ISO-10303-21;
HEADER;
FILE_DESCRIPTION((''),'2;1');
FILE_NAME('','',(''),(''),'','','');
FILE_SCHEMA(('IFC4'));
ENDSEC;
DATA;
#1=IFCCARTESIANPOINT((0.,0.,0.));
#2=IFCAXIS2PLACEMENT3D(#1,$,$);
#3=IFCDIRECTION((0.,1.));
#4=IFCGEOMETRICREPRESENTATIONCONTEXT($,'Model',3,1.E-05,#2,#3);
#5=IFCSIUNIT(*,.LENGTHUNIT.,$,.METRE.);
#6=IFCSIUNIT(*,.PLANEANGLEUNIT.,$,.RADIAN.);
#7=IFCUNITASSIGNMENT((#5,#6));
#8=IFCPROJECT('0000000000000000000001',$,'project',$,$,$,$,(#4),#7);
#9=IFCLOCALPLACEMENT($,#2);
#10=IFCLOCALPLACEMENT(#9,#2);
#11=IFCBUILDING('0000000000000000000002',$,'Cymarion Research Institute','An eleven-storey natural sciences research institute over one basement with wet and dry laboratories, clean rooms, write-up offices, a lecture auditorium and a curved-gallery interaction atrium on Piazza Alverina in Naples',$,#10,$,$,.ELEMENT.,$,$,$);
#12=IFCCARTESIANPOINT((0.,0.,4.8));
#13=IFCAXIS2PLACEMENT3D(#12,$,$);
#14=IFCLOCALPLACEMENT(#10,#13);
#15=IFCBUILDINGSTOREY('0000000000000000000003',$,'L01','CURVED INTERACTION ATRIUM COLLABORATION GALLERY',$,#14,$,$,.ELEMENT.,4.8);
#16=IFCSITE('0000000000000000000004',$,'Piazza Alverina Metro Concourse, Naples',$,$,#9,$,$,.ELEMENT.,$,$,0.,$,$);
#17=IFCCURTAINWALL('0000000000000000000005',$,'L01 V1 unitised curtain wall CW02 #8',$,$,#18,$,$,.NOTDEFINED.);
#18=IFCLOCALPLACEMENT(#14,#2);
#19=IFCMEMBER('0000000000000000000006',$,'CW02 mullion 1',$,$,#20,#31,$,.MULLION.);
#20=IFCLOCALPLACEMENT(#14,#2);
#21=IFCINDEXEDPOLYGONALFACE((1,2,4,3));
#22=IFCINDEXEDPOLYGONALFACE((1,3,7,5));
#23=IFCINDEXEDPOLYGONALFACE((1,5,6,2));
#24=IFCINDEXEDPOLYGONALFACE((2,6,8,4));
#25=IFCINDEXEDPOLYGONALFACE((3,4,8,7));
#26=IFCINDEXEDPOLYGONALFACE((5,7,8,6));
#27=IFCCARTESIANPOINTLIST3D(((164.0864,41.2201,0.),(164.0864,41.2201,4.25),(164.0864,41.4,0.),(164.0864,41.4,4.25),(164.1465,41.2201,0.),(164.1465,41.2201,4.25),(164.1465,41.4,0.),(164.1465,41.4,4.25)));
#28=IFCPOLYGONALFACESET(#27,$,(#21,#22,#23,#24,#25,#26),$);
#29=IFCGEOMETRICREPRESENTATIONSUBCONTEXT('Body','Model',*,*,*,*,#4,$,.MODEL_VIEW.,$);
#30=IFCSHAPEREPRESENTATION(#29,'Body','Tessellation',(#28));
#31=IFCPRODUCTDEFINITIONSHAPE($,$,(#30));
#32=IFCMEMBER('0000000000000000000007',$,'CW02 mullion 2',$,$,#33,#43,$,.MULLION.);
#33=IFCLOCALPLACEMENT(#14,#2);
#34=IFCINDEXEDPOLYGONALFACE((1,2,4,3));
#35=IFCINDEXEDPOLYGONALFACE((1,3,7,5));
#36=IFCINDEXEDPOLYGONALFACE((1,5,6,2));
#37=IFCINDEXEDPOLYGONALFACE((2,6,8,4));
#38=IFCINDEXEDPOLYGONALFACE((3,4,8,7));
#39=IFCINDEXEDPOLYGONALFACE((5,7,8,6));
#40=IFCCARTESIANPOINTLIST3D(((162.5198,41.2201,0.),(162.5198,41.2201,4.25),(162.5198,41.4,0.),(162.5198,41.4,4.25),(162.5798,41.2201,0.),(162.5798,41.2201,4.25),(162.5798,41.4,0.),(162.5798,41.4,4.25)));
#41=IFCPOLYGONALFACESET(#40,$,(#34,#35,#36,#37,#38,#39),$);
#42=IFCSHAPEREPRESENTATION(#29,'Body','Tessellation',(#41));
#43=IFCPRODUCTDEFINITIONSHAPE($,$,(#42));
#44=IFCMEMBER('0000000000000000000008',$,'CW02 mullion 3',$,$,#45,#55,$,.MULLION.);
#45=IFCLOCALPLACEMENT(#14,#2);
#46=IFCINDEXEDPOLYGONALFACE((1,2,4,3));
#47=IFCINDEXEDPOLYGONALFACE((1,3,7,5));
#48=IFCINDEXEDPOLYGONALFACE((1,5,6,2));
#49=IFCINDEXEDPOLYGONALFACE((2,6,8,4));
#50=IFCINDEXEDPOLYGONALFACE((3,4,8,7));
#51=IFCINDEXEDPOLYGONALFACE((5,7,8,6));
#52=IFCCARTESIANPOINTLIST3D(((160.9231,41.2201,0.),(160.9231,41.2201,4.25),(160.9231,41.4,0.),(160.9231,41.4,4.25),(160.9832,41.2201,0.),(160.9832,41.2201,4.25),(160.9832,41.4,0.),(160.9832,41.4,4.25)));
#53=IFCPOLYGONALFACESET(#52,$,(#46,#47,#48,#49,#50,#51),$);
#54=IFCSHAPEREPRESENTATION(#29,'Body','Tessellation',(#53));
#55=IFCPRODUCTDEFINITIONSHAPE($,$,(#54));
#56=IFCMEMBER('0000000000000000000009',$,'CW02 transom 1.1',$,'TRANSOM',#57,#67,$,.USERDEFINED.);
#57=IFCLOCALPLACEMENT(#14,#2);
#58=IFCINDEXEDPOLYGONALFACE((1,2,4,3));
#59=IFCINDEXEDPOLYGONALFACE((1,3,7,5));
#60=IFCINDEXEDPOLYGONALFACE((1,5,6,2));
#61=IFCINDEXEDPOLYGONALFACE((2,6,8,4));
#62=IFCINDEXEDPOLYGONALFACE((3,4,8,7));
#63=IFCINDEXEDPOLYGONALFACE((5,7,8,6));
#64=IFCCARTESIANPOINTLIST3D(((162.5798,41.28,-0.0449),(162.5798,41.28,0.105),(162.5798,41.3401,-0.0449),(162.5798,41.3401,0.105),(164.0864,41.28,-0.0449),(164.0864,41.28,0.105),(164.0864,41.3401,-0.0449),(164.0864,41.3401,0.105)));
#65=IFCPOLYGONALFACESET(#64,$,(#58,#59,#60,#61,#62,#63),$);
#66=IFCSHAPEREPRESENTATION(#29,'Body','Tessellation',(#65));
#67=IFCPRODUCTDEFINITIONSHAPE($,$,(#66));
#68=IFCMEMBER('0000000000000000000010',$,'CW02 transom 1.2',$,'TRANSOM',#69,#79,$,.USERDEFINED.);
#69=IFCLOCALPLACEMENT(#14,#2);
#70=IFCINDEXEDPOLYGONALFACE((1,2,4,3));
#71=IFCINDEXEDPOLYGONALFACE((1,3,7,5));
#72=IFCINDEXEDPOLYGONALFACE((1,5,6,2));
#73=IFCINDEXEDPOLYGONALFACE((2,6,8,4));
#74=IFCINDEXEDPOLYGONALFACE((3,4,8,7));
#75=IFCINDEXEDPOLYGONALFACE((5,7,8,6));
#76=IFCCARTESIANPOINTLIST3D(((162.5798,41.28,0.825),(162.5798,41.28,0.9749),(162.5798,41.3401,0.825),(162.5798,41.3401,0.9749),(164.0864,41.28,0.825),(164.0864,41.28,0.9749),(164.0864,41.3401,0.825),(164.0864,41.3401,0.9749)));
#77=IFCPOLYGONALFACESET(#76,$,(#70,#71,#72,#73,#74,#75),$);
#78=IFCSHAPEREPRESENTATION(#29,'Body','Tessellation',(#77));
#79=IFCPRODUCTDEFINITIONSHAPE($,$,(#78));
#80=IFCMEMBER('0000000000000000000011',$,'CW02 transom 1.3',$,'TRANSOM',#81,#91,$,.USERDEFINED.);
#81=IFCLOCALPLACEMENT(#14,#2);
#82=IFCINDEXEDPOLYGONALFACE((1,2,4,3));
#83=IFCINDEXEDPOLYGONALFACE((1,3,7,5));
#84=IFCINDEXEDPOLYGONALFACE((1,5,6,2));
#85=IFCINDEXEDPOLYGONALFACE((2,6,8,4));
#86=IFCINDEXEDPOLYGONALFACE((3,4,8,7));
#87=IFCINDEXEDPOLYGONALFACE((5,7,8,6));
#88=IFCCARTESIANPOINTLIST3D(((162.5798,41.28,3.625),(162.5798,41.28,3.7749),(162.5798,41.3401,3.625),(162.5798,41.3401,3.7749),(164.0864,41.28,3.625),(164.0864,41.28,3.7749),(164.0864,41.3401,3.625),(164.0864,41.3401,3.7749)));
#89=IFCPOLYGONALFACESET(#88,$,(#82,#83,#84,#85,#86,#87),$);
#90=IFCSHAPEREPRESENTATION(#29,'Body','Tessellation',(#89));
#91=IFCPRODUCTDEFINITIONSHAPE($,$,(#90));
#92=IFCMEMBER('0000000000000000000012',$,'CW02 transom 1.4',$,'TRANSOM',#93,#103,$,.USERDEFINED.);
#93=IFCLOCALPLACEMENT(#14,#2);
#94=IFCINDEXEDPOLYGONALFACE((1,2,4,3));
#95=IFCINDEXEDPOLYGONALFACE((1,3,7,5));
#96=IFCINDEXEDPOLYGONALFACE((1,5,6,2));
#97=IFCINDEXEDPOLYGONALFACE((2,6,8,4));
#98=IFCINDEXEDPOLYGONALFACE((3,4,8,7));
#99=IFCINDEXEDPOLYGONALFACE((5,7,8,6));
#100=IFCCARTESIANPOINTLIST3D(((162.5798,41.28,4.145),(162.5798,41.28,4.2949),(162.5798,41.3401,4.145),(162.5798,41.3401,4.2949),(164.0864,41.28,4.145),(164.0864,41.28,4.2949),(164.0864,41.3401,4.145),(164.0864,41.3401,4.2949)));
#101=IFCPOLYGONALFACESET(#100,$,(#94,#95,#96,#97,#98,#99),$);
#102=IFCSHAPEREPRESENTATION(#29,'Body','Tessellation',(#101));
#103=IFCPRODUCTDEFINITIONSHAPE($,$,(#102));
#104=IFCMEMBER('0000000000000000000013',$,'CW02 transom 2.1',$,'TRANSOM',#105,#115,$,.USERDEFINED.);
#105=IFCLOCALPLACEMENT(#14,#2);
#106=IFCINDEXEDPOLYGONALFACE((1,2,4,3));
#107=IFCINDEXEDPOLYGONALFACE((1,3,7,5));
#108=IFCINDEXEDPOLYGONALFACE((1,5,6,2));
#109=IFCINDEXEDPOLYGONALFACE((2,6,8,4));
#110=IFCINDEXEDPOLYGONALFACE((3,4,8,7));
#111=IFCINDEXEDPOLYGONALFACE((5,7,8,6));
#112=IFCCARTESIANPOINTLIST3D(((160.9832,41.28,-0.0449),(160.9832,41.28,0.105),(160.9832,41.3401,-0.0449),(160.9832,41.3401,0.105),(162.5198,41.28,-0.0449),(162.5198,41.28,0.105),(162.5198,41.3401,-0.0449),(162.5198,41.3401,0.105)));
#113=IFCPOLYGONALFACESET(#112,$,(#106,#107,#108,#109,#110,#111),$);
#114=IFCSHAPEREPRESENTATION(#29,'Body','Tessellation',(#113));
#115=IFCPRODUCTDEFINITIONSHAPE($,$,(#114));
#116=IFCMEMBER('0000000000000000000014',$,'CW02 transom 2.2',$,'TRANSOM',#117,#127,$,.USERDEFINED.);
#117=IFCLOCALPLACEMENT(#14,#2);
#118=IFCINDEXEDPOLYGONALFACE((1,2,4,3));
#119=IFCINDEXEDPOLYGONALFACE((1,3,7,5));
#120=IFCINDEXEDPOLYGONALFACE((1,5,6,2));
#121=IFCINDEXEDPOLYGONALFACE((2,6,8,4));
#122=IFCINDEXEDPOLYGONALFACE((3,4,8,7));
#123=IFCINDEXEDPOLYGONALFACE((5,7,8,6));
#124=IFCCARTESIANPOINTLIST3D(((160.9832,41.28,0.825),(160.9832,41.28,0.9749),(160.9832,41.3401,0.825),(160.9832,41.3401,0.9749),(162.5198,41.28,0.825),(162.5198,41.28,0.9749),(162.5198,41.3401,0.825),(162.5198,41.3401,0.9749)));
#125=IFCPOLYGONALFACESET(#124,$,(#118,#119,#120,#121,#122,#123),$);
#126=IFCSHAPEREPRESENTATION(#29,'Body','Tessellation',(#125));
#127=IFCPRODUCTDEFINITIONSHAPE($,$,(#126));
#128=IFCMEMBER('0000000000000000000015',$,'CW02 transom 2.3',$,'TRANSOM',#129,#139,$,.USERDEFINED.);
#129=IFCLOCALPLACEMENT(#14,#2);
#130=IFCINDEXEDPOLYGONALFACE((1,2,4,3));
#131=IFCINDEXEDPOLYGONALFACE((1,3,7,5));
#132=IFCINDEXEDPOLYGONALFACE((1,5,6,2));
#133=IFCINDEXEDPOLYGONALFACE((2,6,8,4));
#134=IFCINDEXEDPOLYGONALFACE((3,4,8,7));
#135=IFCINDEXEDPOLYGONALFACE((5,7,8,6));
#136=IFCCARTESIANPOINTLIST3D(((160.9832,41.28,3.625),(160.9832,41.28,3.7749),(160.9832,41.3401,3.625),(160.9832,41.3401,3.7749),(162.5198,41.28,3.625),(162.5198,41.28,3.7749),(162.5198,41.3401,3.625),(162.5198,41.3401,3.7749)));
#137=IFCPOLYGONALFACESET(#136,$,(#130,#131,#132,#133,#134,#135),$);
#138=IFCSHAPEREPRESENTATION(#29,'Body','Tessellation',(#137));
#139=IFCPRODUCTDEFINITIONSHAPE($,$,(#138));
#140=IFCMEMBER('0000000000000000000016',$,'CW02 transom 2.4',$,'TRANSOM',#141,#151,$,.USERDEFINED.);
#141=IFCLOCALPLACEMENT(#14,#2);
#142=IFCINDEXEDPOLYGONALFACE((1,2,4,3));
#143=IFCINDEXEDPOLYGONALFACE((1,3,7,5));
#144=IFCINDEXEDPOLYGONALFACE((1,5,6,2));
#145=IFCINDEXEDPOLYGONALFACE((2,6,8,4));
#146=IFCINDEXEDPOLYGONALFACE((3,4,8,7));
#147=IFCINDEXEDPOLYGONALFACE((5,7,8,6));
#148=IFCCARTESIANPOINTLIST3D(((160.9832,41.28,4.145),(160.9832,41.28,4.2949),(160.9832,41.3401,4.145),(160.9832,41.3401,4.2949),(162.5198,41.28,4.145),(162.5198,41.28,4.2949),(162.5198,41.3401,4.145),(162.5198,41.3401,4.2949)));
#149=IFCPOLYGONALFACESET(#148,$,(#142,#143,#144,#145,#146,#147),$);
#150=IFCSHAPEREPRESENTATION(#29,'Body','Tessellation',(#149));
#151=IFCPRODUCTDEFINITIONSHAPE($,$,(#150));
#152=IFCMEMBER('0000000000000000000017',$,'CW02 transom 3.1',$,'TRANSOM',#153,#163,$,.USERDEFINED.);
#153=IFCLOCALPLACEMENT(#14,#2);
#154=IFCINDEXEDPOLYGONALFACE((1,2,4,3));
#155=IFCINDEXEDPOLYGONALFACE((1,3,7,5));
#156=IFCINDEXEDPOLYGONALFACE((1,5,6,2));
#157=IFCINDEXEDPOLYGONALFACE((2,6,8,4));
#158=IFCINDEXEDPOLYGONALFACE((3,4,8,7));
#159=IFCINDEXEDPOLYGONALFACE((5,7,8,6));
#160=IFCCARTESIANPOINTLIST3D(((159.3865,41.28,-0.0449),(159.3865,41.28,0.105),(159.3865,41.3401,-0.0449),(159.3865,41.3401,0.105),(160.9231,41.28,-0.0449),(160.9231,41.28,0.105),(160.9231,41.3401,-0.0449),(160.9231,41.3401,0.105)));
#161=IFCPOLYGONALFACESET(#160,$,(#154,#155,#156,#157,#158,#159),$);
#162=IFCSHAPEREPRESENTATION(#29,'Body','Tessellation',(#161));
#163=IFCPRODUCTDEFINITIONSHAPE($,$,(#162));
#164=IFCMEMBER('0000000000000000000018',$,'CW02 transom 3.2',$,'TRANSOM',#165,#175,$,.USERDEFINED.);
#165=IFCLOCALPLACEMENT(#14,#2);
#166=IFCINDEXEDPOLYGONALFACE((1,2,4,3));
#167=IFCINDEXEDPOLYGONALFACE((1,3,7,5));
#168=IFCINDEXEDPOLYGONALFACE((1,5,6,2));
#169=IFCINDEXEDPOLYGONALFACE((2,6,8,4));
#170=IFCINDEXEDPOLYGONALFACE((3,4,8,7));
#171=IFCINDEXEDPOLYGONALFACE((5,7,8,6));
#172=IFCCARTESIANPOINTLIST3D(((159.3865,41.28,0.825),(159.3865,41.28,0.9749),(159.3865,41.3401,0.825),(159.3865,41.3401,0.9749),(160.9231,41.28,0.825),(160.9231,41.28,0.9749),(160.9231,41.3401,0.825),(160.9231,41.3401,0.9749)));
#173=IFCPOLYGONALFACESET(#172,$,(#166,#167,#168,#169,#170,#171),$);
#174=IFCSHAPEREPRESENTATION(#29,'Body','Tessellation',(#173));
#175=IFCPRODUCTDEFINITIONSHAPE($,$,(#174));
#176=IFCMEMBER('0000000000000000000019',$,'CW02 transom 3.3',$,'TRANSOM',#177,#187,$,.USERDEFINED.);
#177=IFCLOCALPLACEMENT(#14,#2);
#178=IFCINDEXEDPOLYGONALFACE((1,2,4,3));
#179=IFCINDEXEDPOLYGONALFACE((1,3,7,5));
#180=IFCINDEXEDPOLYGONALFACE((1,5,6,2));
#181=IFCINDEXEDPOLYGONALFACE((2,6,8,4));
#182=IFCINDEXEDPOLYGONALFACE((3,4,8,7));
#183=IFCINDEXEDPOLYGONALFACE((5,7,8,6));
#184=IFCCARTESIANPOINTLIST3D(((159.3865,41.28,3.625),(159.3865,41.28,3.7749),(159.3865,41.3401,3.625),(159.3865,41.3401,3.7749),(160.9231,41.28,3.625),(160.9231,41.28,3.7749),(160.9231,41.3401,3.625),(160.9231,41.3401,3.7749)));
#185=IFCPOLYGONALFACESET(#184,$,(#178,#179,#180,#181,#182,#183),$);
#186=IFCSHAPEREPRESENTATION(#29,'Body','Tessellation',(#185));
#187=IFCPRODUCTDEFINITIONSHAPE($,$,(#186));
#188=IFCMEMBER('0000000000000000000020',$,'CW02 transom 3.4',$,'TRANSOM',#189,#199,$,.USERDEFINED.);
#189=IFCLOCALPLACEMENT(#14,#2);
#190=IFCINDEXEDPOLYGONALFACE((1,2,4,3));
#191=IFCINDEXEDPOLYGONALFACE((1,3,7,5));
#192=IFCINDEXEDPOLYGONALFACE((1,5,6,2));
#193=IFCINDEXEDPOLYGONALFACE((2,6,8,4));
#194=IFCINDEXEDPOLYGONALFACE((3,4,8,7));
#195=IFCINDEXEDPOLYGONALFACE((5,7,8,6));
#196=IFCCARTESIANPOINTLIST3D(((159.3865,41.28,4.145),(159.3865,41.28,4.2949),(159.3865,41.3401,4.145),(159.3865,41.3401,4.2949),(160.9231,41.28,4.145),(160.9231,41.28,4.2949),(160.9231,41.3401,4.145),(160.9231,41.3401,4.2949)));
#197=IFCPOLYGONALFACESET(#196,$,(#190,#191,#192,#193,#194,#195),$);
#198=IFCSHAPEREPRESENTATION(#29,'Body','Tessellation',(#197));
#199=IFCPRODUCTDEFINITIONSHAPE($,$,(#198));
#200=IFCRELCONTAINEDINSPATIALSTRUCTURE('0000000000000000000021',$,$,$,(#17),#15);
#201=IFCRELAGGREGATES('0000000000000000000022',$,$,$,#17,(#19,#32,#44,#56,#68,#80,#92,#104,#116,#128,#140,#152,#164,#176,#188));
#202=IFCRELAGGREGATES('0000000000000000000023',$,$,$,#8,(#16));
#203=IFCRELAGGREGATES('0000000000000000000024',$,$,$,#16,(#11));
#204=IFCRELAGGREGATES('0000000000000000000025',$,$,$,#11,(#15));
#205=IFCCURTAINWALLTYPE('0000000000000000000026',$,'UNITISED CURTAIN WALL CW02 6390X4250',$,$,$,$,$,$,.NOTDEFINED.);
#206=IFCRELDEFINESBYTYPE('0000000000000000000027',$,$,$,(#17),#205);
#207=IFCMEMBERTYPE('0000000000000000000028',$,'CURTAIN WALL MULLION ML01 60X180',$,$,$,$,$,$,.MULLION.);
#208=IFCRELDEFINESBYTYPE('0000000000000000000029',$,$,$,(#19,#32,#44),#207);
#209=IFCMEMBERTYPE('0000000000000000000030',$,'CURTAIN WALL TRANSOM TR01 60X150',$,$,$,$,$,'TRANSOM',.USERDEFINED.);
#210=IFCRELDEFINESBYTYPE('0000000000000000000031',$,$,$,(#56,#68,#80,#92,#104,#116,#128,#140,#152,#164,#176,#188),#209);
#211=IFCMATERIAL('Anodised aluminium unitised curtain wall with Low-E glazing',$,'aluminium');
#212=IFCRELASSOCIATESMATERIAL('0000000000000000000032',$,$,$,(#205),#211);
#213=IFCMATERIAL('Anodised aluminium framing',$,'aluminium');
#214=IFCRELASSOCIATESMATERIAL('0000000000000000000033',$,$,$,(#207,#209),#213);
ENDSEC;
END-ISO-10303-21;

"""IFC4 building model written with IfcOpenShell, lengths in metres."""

from ifc_helpers import new_model, si_unit, direction, frame, origin, origin_2d, place, context, subcontext, project, spatial, rectangle, extrude, material, material_profile, profile_set, type_object, element, aggregate, save


model = new_model("IFC4")

# Units and contexts
model_context = context("Model", 3, precision=1e-05, world=origin(), true_north=direction((0.0, 1.0)))
body_context = subcontext(model_context, "Body", "Model", "MODEL_VIEW")
ifc_project = project(units=[si_unit("LENGTHUNIT", "METRE"), si_unit("PLANEANGLEUNIT", "RADIAN")], contexts=[model_context])

# Site, building, storey
site_placement = place(None, origin())
site = spatial("IfcSite", under=ifc_project, at=site_placement, Name="Piazza Alverina Metro Concourse, Naples", CompositionType="ELEMENT", RefElevation=0.0)
building_placement = place(site_placement, origin())
building = spatial("IfcBuilding", under=site, at=building_placement, Name="Cymarion Research Institute", Description="An eleven-storey natural sciences research institute over one basement with wet and dry laboratories, clean rooms, write-up offices, a lecture auditorium and a curved-gallery interaction atrium on Piazza Alverina in Naples", CompositionType="ELEMENT")
storey_placement = place(building_placement, frame((0.0, 0.0, 4.8)))
storey = spatial("IfcBuildingStorey", under=building, at=storey_placement, Name="L01", Description="CURVED INTERACTION ATRIUM COLLABORATION GALLERY", CompositionType="ELEMENT", Elevation=4.8)

# Curtain wall, members
ifc_material_1 = material(Name="Anodised aluminium unitised curtain wall with Low-E glazing", Category="aluminium")
curtain_wall_type = type_object("IfcCurtainWallType", Name="UNITISED CURTAIN WALL CW02 6390X4250", PredefinedType="NOTDEFINED", material=ifc_material_1)
curtain_wall_placement = place(storey_placement, origin())
curtain_wall = element("IfcCurtainWall", 1, at=curtain_wall_placement, inside=storey, type_object=curtain_wall_type, Name="L01 V1 unitised curtain wall CW02 #8", PredefinedType="NOTDEFINED")
ifc_material_2 = material(Name="Anodised aluminium framing", Category="aluminium")
ifc_material_profile_1 = material_profile(ifc_material_2, rectangle(XDim=0.0601, YDim=0.1799, at=origin_2d()), Name="ALU MULLION 60x180")
ifc_profile_set_1 = profile_set([ifc_material_profile_1], Name="Anodised aluminium framing")
member_type_1 = type_object("IfcMemberType", Name="CURTAIN WALL MULLION ML01 60X180", PredefinedType="MULLION", material=ifc_profile_set_1)
member_1_placement = place(storey_placement, frame((164.1165, 41.3101, 0.0), z_axis=(0.0, 0.0, 1.0), x_axis=(-1.0, 0.0, 0.0)))
member_1 = element("IfcMember", 2, at=member_1_placement, type_object=member_type_1, Name="CW02 mullion 1", PredefinedType="MULLION", context=body_context, shape_type="SweptSolid", body=[
    extrude(rectangle(XDim=0.0601, YDim=0.1799, at=origin_2d()), origin(), (0.0, 0.0, 1.0), 4.25),
])
member_2_placement = place(storey_placement, frame((162.5498, 41.3101, 0.0), z_axis=(0.0, 0.0, 1.0), x_axis=(-1.0, 0.0, 0.0)))
member_2 = element("IfcMember", 3, at=member_2_placement, type_object=member_type_1, Name="CW02 mullion 2", PredefinedType="MULLION", context=body_context, shape_type="SweptSolid", body=[
    extrude(rectangle(XDim=0.0601, YDim=0.1799, at=origin_2d()), origin(), (0.0, 0.0, 1.0), 4.25),
])
member_3_placement = place(storey_placement, frame((160.9531, 41.3101, 0.0), z_axis=(0.0, 0.0, 1.0), x_axis=(-1.0, 0.0, 0.0)))
member_3 = element("IfcMember", 4, at=member_3_placement, type_object=member_type_1, Name="CW02 mullion 3", PredefinedType="MULLION", context=body_context, shape_type="SweptSolid", body=[
    extrude(rectangle(XDim=0.0601, YDim=0.1799, at=origin_2d()), origin(), (0.0, 0.0, 1.0), 4.25),
])
ifc_material_profile_2 = material_profile(ifc_material_2, rectangle(XDim=0.0601, YDim=0.1499, at=origin_2d()), Name="ALU TRANSOM 60x150")
ifc_profile_set_2 = profile_set([ifc_material_profile_2], Name="Anodised aluminium framing")
member_type_2 = type_object("IfcMemberType", Name="CURTAIN WALL TRANSOM TR01 60X150", ElementType="TRANSOM", PredefinedType="USERDEFINED", material=ifc_profile_set_2)
member_4_placement = place(storey_placement, frame((164.0864, 41.3101, 0.03), z_axis=(-1.0, 0.0, 0.0), x_axis=(0.0, -1.0, 0.0)))
member_4 = element("IfcMember", 5, at=member_4_placement, type_object=member_type_2, Name="CW02 transom 1.1", ObjectType="TRANSOM", PredefinedType="USERDEFINED", context=body_context, shape_type="SweptSolid", body=[
    extrude(rectangle(XDim=0.0601, YDim=0.1499, at=origin_2d()), origin(), (0.0, 0.0, 1.0), 1.5066),
])
member_5_placement = place(storey_placement, frame((164.0864, 41.3101, 0.8999), z_axis=(-1.0, 0.0, 0.0), x_axis=(0.0, -1.0, 0.0)))
member_5 = element("IfcMember", 6, at=member_5_placement, type_object=member_type_2, Name="CW02 transom 1.2", ObjectType="TRANSOM", PredefinedType="USERDEFINED", context=body_context, shape_type="SweptSolid", body=[
    extrude(rectangle(XDim=0.0601, YDim=0.1499, at=origin_2d()), origin(), (0.0, 0.0, 1.0), 1.5066),
])
member_6_placement = place(storey_placement, frame((164.0864, 41.3101, 3.7), z_axis=(-1.0, 0.0, 0.0), x_axis=(0.0, -1.0, 0.0)))
member_6 = element("IfcMember", 7, at=member_6_placement, type_object=member_type_2, Name="CW02 transom 1.3", ObjectType="TRANSOM", PredefinedType="USERDEFINED", context=body_context, shape_type="SweptSolid", body=[
    extrude(rectangle(XDim=0.0601, YDim=0.1499, at=origin_2d()), origin(), (0.0, 0.0, 1.0), 1.5066),
])
member_7_placement = place(storey_placement, frame((164.0864, 41.3101, 4.22), z_axis=(-1.0, 0.0, 0.0), x_axis=(0.0, -1.0, 0.0)))
member_7 = element("IfcMember", 8, at=member_7_placement, type_object=member_type_2, Name="CW02 transom 1.4", ObjectType="TRANSOM", PredefinedType="USERDEFINED", context=body_context, shape_type="SweptSolid", body=[
    extrude(rectangle(XDim=0.0601, YDim=0.1499, at=origin_2d()), origin(), (0.0, 0.0, 1.0), 1.5066),
])
member_8_placement = place(storey_placement, frame((162.5198, 41.3101, 0.03), z_axis=(-1.0, 0.0, 0.0), x_axis=(0.0, -1.0, 0.0)))
member_8 = element("IfcMember", 9, at=member_8_placement, type_object=member_type_2, Name="CW02 transom 2.1", ObjectType="TRANSOM", PredefinedType="USERDEFINED", context=body_context, shape_type="SweptSolid", body=[
    extrude(rectangle(XDim=0.0601, YDim=0.1499, at=origin_2d()), origin(), (0.0, 0.0, 1.0), 1.5366),
])
member_9_placement = place(storey_placement, frame((162.5198, 41.3101, 0.8999), z_axis=(-1.0, 0.0, 0.0), x_axis=(0.0, -1.0, 0.0)))
member_9 = element("IfcMember", 10, at=member_9_placement, type_object=member_type_2, Name="CW02 transom 2.2", ObjectType="TRANSOM", PredefinedType="USERDEFINED", context=body_context, shape_type="SweptSolid", body=[
    extrude(rectangle(XDim=0.0601, YDim=0.1499, at=origin_2d()), origin(), (0.0, 0.0, 1.0), 1.5366),
])
member_10_placement = place(storey_placement, frame((162.5198, 41.3101, 3.7), z_axis=(-1.0, 0.0, 0.0), x_axis=(0.0, -1.0, 0.0)))
member_10 = element("IfcMember", 11, at=member_10_placement, type_object=member_type_2, Name="CW02 transom 2.3", ObjectType="TRANSOM", PredefinedType="USERDEFINED", context=body_context, shape_type="SweptSolid", body=[
    extrude(rectangle(XDim=0.0601, YDim=0.1499, at=origin_2d()), origin(), (0.0, 0.0, 1.0), 1.5366),
])
member_11_placement = place(storey_placement, frame((162.5198, 41.3101, 4.22), z_axis=(-1.0, 0.0, 0.0), x_axis=(0.0, -1.0, 0.0)))
member_11 = element("IfcMember", 12, at=member_11_placement, type_object=member_type_2, Name="CW02 transom 2.4", ObjectType="TRANSOM", PredefinedType="USERDEFINED", context=body_context, shape_type="SweptSolid", body=[
    extrude(rectangle(XDim=0.0601, YDim=0.1499, at=origin_2d()), origin(), (0.0, 0.0, 1.0), 1.5366),
])
member_12_placement = place(storey_placement, frame((160.9231, 41.3101, 0.03), z_axis=(-1.0, 0.0, 0.0), x_axis=(0.0, -1.0, 0.0)))
member_12 = element("IfcMember", 13, at=member_12_placement, type_object=member_type_2, Name="CW02 transom 3.1", ObjectType="TRANSOM", PredefinedType="USERDEFINED", context=body_context, shape_type="SweptSolid", body=[
    extrude(rectangle(XDim=0.0601, YDim=0.1499, at=origin_2d()), origin(), (0.0, 0.0, 1.0), 1.5366),
])
member_13_placement = place(storey_placement, frame((160.9231, 41.3101, 0.8999), z_axis=(-1.0, 0.0, 0.0), x_axis=(0.0, -1.0, 0.0)))
member_13 = element("IfcMember", 14, at=member_13_placement, type_object=member_type_2, Name="CW02 transom 3.2", ObjectType="TRANSOM", PredefinedType="USERDEFINED", context=body_context, shape_type="SweptSolid", body=[
    extrude(rectangle(XDim=0.0601, YDim=0.1499, at=origin_2d()), origin(), (0.0, 0.0, 1.0), 1.5366),
])
member_14_placement = place(storey_placement, frame((160.9231, 41.3101, 3.7), z_axis=(-1.0, 0.0, 0.0), x_axis=(0.0, -1.0, 0.0)))
member_14 = element("IfcMember", 15, at=member_14_placement, type_object=member_type_2, Name="CW02 transom 3.3", ObjectType="TRANSOM", PredefinedType="USERDEFINED", context=body_context, shape_type="SweptSolid", body=[
    extrude(rectangle(XDim=0.0601, YDim=0.1499, at=origin_2d()), origin(), (0.0, 0.0, 1.0), 1.5366),
])
member_15_placement = place(storey_placement, frame((160.9231, 41.3101, 4.22), z_axis=(-1.0, 0.0, 0.0), x_axis=(0.0, -1.0, 0.0)))
member_15 = element("IfcMember", 16, at=member_15_placement, type_object=member_type_2, Name="CW02 transom 3.4", ObjectType="TRANSOM", PredefinedType="USERDEFINED", context=body_context, shape_type="SweptSolid", body=[
    extrude(rectangle(XDim=0.0601, YDim=0.1499, at=origin_2d()), origin(), (0.0, 0.0, 1.0), 1.5366),
])
aggregate(curtain_wall, [member_1, member_2, member_3, member_4, member_5, member_6, member_7, member_8, member_9, member_10, member_11, member_12, member_13, member_14, member_15])

save(model, "model.ifc")
